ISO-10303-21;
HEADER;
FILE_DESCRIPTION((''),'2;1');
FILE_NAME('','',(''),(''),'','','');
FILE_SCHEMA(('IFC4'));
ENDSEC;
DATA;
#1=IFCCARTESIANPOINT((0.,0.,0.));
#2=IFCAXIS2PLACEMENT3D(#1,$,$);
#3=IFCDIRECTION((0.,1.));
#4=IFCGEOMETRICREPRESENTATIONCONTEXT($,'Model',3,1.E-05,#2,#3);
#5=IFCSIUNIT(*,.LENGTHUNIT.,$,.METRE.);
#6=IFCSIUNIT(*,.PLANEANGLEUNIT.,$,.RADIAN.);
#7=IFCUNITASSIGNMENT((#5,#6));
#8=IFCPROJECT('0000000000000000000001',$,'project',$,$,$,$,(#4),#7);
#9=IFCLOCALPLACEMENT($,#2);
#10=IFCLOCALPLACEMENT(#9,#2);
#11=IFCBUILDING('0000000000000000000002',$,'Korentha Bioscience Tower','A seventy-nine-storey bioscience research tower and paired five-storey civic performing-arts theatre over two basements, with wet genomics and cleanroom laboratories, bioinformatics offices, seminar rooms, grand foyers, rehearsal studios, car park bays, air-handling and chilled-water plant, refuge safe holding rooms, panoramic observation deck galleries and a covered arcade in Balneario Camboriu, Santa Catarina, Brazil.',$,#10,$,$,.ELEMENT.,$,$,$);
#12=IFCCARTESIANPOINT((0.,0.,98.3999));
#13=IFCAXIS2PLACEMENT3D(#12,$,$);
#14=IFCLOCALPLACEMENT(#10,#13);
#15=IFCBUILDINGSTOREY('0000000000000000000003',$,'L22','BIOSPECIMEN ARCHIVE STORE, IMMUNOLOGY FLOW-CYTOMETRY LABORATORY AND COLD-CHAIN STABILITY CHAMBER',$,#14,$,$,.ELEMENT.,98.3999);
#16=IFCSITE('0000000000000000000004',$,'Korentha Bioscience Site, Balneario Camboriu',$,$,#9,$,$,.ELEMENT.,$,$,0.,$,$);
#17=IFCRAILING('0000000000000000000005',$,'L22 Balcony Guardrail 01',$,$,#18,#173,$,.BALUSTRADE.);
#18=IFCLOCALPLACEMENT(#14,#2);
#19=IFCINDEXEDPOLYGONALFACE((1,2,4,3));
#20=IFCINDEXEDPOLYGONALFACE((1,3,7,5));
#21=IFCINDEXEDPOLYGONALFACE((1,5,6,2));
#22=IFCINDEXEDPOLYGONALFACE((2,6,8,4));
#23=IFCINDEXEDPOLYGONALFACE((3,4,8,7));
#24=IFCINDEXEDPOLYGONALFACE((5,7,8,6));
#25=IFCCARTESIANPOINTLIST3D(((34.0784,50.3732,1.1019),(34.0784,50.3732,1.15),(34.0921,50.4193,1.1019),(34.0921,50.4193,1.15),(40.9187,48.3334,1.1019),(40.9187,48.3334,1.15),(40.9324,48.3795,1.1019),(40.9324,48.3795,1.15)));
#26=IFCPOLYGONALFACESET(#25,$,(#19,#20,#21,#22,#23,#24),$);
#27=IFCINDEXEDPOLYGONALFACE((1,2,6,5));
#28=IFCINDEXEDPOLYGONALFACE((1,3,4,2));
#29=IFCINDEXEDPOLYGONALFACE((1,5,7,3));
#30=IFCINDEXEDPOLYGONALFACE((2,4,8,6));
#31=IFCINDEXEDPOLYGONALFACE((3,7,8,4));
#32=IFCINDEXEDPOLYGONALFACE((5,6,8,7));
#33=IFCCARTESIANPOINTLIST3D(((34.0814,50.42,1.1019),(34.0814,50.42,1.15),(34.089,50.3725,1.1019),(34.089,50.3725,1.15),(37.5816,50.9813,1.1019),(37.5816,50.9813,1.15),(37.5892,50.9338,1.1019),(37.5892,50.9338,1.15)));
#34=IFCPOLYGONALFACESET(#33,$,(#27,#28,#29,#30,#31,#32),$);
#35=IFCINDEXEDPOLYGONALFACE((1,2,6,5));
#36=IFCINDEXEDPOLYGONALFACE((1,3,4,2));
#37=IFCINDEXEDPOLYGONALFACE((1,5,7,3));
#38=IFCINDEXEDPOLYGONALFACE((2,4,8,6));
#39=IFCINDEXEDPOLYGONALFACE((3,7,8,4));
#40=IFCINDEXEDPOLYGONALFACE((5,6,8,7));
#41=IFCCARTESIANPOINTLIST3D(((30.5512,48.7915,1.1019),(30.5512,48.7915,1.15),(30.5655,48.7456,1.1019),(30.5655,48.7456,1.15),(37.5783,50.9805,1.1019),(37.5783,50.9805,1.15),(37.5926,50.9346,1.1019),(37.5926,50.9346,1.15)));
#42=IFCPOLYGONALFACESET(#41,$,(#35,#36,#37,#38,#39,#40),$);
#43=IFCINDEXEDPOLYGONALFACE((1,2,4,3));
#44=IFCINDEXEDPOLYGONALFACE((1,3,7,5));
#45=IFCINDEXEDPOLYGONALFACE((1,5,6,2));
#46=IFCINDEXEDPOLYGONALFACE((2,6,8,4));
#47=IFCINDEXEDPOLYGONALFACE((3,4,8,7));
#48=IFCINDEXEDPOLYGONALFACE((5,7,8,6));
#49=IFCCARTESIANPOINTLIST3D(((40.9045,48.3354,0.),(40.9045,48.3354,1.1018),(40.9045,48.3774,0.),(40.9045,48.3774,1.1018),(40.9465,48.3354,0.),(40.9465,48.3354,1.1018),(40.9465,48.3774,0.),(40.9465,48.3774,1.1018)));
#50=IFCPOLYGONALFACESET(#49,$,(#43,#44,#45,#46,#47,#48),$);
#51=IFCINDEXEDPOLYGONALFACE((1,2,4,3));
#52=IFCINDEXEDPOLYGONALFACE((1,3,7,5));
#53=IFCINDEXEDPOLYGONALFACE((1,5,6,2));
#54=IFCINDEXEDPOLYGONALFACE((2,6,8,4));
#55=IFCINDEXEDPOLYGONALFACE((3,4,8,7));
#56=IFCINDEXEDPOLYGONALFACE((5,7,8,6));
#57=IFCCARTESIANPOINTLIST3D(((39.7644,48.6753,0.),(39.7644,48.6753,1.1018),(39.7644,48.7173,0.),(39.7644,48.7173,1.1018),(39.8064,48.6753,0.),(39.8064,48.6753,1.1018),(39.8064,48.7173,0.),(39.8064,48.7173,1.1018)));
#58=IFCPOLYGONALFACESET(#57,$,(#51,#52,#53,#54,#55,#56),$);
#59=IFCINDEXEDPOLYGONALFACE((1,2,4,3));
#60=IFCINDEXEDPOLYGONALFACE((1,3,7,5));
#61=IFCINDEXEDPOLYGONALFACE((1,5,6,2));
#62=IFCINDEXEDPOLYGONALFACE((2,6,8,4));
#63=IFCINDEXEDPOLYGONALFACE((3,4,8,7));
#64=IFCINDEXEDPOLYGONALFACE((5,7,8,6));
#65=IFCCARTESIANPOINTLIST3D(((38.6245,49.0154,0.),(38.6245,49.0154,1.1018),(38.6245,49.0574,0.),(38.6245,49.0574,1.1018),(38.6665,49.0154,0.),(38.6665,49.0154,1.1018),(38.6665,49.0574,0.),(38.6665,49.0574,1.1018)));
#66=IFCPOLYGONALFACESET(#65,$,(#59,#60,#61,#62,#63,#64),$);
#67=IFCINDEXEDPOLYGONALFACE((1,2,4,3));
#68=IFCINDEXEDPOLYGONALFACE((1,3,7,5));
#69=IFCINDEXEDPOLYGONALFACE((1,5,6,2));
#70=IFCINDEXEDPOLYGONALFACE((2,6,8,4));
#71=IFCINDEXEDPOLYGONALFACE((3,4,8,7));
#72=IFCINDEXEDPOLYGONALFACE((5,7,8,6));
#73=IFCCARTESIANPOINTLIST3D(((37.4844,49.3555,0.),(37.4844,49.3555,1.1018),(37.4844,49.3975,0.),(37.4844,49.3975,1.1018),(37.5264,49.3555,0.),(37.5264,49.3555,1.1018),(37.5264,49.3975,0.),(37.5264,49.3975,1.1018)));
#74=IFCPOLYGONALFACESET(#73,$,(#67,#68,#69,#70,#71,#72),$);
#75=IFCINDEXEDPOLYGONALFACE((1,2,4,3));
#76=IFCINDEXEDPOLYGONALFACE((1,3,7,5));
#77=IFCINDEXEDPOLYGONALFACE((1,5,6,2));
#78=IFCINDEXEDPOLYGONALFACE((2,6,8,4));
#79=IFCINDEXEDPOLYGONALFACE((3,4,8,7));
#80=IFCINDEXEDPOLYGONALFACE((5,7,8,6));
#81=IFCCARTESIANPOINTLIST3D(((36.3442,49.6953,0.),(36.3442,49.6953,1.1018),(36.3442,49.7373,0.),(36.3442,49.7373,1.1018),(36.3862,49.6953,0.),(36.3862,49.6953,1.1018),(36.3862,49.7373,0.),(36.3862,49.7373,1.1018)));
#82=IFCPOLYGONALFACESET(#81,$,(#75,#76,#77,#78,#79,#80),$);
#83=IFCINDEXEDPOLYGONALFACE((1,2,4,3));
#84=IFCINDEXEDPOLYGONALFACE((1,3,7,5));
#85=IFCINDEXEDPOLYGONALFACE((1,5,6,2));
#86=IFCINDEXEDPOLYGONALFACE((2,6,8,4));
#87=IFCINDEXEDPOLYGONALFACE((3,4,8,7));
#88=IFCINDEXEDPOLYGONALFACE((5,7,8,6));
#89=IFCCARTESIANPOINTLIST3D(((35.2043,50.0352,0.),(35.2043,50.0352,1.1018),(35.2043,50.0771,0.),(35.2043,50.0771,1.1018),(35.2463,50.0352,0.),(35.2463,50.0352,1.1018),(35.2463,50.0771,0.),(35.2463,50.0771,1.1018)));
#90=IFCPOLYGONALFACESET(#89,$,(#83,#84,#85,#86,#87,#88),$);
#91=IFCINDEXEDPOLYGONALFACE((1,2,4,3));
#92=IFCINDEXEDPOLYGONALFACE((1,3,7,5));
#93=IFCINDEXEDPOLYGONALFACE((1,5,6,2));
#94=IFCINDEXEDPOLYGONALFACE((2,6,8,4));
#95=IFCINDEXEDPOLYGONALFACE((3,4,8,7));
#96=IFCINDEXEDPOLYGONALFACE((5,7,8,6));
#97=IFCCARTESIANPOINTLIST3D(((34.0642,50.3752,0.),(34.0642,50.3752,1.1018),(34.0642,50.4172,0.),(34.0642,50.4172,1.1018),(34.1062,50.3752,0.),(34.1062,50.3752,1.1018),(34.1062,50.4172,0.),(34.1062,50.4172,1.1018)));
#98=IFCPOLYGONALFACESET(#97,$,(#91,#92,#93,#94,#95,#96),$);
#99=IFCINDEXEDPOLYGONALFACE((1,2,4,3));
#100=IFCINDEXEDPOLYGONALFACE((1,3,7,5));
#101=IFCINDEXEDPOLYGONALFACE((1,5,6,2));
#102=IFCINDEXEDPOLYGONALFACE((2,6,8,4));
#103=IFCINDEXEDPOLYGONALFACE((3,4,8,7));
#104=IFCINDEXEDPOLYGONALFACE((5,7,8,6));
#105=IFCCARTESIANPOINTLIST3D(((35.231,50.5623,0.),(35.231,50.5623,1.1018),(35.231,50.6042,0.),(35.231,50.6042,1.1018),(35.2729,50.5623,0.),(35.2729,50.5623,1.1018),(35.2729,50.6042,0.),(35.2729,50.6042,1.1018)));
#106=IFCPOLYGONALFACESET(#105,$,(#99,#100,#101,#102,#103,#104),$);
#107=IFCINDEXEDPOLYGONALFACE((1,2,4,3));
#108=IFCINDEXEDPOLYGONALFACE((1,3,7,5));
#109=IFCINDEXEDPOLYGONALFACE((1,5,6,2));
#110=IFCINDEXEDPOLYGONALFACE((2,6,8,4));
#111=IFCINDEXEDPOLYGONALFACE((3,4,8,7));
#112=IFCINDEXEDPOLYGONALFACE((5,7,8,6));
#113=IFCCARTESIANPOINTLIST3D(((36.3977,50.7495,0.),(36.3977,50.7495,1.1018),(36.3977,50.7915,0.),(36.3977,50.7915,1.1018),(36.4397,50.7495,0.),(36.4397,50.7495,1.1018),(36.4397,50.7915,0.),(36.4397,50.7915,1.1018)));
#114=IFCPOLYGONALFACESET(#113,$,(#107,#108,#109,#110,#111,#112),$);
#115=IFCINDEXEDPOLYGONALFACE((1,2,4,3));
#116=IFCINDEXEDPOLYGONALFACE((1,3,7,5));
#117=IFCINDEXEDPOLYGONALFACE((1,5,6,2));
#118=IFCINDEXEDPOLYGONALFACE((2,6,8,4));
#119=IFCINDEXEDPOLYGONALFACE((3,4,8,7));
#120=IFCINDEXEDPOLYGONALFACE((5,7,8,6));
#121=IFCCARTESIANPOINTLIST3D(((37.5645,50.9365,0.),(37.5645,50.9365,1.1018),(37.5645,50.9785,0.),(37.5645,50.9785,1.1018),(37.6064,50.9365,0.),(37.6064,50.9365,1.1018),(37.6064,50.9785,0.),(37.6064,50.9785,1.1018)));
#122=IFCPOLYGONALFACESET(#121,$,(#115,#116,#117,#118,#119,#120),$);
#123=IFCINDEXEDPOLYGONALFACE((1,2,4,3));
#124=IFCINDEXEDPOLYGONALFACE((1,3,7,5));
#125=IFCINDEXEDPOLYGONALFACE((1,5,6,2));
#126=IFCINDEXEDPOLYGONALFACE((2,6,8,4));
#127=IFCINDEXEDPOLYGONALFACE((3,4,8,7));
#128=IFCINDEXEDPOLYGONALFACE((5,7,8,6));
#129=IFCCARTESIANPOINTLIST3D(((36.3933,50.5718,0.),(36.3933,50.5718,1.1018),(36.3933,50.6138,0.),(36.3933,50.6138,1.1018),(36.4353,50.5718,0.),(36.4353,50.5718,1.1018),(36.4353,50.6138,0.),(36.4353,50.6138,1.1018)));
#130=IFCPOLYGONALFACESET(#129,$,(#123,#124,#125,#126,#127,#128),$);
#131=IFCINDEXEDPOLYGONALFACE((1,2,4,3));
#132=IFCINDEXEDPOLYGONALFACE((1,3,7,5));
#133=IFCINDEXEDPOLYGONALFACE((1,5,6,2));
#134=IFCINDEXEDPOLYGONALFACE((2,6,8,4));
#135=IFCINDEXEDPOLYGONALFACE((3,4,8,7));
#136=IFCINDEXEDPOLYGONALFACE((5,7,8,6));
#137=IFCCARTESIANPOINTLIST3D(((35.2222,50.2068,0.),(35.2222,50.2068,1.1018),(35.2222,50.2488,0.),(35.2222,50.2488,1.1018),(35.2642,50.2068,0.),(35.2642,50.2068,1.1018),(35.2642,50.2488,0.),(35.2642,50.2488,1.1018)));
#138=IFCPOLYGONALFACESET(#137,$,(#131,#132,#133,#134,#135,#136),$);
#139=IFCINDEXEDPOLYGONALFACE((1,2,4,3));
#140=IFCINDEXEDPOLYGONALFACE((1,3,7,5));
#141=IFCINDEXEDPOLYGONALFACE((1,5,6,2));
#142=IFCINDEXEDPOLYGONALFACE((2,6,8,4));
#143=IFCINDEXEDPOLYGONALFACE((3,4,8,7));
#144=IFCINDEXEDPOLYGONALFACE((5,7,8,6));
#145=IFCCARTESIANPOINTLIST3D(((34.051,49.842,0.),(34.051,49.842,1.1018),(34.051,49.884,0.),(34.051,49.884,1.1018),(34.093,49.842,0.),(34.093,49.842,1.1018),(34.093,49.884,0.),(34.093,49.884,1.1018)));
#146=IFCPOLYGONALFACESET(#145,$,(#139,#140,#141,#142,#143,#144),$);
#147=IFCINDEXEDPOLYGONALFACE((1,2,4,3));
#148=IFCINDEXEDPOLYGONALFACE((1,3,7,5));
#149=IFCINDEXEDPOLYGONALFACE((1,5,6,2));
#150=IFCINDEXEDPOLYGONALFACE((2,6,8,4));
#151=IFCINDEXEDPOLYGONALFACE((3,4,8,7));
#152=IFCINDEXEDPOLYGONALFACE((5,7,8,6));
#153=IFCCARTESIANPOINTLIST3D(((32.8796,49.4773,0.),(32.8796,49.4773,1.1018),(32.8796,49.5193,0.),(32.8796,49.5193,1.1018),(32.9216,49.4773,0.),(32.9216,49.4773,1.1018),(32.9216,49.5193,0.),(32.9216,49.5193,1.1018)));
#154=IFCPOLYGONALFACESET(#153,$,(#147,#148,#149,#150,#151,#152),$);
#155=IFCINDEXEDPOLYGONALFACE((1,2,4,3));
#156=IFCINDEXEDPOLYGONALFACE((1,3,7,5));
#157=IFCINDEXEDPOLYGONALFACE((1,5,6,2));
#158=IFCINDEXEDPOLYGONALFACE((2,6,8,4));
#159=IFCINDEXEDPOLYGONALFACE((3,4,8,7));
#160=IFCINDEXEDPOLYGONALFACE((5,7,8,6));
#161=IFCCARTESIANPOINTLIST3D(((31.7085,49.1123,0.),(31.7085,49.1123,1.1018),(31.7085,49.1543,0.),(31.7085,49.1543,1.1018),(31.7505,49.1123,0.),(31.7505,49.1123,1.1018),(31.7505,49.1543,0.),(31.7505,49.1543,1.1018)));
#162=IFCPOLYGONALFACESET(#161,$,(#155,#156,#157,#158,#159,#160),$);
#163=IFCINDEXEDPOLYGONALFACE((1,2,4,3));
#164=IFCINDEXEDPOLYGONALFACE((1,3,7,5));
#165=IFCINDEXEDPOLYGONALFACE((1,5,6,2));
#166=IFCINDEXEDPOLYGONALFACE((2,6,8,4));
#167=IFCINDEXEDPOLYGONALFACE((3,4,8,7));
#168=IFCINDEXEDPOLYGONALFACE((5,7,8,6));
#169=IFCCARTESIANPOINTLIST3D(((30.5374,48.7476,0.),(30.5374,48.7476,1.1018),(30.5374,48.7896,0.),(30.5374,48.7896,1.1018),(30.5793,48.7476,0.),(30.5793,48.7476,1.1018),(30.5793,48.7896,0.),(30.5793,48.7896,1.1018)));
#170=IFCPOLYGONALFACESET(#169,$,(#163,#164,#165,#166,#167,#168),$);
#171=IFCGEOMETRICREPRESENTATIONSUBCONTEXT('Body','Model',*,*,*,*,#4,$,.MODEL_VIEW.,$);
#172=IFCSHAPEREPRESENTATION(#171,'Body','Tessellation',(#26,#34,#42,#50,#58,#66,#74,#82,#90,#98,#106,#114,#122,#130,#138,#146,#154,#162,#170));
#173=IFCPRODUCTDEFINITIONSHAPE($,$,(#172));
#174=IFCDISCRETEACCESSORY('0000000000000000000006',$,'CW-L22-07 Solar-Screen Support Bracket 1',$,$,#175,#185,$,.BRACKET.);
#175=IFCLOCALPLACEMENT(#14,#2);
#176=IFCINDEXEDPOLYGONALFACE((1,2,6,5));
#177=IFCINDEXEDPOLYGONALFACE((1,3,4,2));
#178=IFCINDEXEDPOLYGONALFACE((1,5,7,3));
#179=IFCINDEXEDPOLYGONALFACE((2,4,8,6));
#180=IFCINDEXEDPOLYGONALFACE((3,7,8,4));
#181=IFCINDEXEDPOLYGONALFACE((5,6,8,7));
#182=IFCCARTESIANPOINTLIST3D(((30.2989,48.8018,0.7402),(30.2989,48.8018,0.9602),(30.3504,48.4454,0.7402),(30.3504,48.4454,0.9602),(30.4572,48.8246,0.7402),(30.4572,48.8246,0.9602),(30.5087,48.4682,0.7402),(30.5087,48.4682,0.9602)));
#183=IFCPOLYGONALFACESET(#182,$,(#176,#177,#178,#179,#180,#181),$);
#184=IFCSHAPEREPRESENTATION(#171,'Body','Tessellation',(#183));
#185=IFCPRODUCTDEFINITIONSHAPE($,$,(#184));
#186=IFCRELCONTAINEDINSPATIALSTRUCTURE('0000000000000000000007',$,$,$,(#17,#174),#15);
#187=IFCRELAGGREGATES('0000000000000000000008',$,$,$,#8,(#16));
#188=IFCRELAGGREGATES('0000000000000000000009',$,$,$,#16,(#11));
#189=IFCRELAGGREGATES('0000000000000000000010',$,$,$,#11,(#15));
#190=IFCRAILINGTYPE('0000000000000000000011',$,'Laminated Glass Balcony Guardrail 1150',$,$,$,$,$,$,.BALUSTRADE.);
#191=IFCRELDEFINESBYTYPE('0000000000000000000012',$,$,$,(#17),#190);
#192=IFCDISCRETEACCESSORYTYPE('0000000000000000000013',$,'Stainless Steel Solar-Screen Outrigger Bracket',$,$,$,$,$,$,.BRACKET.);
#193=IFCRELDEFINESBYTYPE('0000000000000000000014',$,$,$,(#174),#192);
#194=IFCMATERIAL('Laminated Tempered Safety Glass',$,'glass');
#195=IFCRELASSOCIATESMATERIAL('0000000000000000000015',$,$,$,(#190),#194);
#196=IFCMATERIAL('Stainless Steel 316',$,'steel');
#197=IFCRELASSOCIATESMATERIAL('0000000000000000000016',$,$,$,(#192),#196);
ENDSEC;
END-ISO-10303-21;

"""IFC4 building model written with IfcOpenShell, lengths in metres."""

from ifc_helpers import new_model, si_unit, direction, frame, origin, origin_2d, place, context, subcontext, project, spatial, rectangle, extrude, material, type_object, element, save


model = new_model("IFC4")

# Units and contexts
model_context = context("Model", 3, precision=1e-05, world=origin(), true_north=direction((0.0, 1.0)))
body_context = subcontext(model_context, "Body", "Model", "MODEL_VIEW")
ifc_project = project(units=[si_unit("LENGTHUNIT", "METRE"), si_unit("PLANEANGLEUNIT", "RADIAN")], contexts=[model_context])

# Site, building, storey
site_placement = place(None, origin())
site = spatial("IfcSite", under=ifc_project, at=site_placement, Name="Korentha Bioscience Site, Balneario Camboriu", CompositionType="ELEMENT", RefElevation=0.0)
building_placement = place(site_placement, origin())
building = spatial("IfcBuilding", under=site, at=building_placement, Name="Korentha Bioscience Tower", Description="A seventy-nine-storey bioscience research tower and paired five-storey civic performing-arts theatre over two basements, with wet genomics and cleanroom laboratories, bioinformatics offices, seminar rooms, grand foyers, rehearsal studios, car park bays, air-handling and chilled-water plant, refuge safe holding rooms, panoramic observation deck galleries and a covered arcade in Balneario Camboriu, Santa Catarina, Brazil.", CompositionType="ELEMENT")
storey_placement = place(building_placement, frame((0.0, 0.0, 98.3999)))
storey = spatial("IfcBuildingStorey", under=building, at=storey_placement, Name="L22", Description="BIOSPECIMEN ARCHIVE STORE, IMMUNOLOGY FLOW-CYTOMETRY LABORATORY AND COLD-CHAIN STABILITY CHAMBER", CompositionType="ELEMENT", Elevation=98.3999)

# Railing
ifc_material_1 = material(Name="Laminated Tempered Safety Glass", Category="glass")
railing_type = type_object("IfcRailingType", Name="Laminated Glass Balcony Guardrail 1150", PredefinedType="BALUSTRADE", material=ifc_material_1)
railing_placement = place(storey_placement, frame((40.9255, 48.3564, 0.0)))
element("IfcRailing", 1, at=railing_placement, inside=storey, type_object=railing_type, Name="L22 Balcony Guardrail 01", PredefinedType="BALUSTRADE", context=body_context, shape_type="SweptSolid", body=[
    extrude(rectangle(XDim=0.0481, YDim=0.0481, at=origin_2d()), frame((0.0, 0.0, 1.126), z_axis=(-0.958299, 0.285766, 0.0), x_axis=(-0.285766, -0.958299, 0.0)), (0.0, 0.0, 1.0), 7.1379),
    extrude(rectangle(XDim=0.0481, YDim=0.0481, at=origin_2d()), frame((-6.8403, 2.0398, 1.126), z_axis=(0.987386, 0.158332, 0.0), x_axis=(-0.158332, 0.987386, 0.0)), (0.0, 0.0, 1.0), 3.5449),
    extrude(rectangle(XDim=0.0481, YDim=0.0481, at=origin_2d()), frame((-3.3401, 2.6011, 1.126), z_axis=(-0.95475, -0.297408, 0.0), x_axis=(0.297408, -0.95475, 0.0)), (0.0, 0.0, 1.0), 7.3601),
    extrude(rectangle(XDim=0.042, YDim=0.042, at=origin_2d()), origin(), (0.0, 0.0, 1.0), 1.1018),
    extrude(rectangle(XDim=0.042, YDim=0.042, at=origin_2d()), frame((-1.1401, 0.3398, 0.0)), (0.0, 0.0, 1.0), 1.1018),
    extrude(rectangle(XDim=0.042, YDim=0.042, at=origin_2d()), frame((-2.28, 0.6799, 0.0)), (0.0, 0.0, 1.0), 1.1018),
    extrude(rectangle(XDim=0.042, YDim=0.042, at=origin_2d()), frame((-3.4202, 1.02, 0.0)), (0.0, 0.0, 1.0), 1.1018),
    extrude(rectangle(XDim=0.042, YDim=0.042, at=origin_2d()), frame((-4.5603, 1.3599, 0.0)), (0.0, 0.0, 1.0), 1.1018),
    extrude(rectangle(XDim=0.042, YDim=0.042, at=origin_2d()), frame((-5.7002, 1.6997, 0.0)), (0.0, 0.0, 1.0), 1.1018),
    extrude(rectangle(XDim=0.042, YDim=0.042, at=origin_2d()), frame((-6.8403, 2.0398, 0.0)), (0.0, 0.0, 1.0), 1.1018),
    extrude(rectangle(XDim=0.042, YDim=0.042, at=origin_2d()), frame((-5.6736, 2.2268, 0.0)), (0.0, 0.0, 1.0), 1.1018),
    extrude(rectangle(XDim=0.042, YDim=0.042, at=origin_2d()), frame((-4.5068, 2.4141, 0.0)), (0.0, 0.0, 1.0), 1.1018),
    extrude(rectangle(XDim=0.042, YDim=0.042, at=origin_2d()), frame((-3.3401, 2.6011, 0.0)), (0.0, 0.0, 1.0), 1.1018),
    extrude(rectangle(XDim=0.042, YDim=0.042, at=origin_2d()), frame((-4.5112, 2.2363, 0.0)), (0.0, 0.0, 1.0), 1.1018),
    extrude(rectangle(XDim=0.042, YDim=0.042, at=origin_2d()), frame((-5.6824, 1.8713, 0.0)), (0.0, 0.0, 1.0), 1.1018),
    extrude(rectangle(XDim=0.042, YDim=0.042, at=origin_2d()), frame((-6.8535, 1.5066, 0.0)), (0.0, 0.0, 1.0), 1.1018),
    extrude(rectangle(XDim=0.042, YDim=0.042, at=origin_2d()), frame((-8.0249, 1.1418, 0.0)), (0.0, 0.0, 1.0), 1.1018),
    extrude(rectangle(XDim=0.042, YDim=0.042, at=origin_2d()), frame((-9.196, 0.7769, 0.0)), (0.0, 0.0, 1.0), 1.1018),
    extrude(rectangle(XDim=0.042, YDim=0.042, at=origin_2d()), frame((-10.3672, 0.4121, 0.0)), (0.0, 0.0, 1.0), 1.1018),
])

# Discrete accessory
ifc_material_2 = material(Name="Stainless Steel 316", Category="steel")
discrete_accessory_type = type_object("IfcDiscreteAccessoryType", Name="Stainless Steel Solar-Screen Outrigger Bracket", PredefinedType="BRACKET", material=ifc_material_2)
discrete_accessory_placement = place(storey_placement, frame((30.4038, 48.635, 0.7402), z_axis=(0.0, 0.0, 1.0), x_axis=(-0.989738, -0.142892, 0.0)))
element("IfcDiscreteAccessory", 2, at=discrete_accessory_placement, inside=storey, type_object=discrete_accessory_type, Name="CW-L22-07 Solar-Screen Support Bracket 1", PredefinedType="BRACKET", context=body_context, shape_type="SweptSolid", body=[
    extrude(rectangle(XDim=0.1599, YDim=0.3601, at=origin_2d()), origin(), (0.0, 0.0, 1.0), 0.22),
])

save(model, "model.ifc")
